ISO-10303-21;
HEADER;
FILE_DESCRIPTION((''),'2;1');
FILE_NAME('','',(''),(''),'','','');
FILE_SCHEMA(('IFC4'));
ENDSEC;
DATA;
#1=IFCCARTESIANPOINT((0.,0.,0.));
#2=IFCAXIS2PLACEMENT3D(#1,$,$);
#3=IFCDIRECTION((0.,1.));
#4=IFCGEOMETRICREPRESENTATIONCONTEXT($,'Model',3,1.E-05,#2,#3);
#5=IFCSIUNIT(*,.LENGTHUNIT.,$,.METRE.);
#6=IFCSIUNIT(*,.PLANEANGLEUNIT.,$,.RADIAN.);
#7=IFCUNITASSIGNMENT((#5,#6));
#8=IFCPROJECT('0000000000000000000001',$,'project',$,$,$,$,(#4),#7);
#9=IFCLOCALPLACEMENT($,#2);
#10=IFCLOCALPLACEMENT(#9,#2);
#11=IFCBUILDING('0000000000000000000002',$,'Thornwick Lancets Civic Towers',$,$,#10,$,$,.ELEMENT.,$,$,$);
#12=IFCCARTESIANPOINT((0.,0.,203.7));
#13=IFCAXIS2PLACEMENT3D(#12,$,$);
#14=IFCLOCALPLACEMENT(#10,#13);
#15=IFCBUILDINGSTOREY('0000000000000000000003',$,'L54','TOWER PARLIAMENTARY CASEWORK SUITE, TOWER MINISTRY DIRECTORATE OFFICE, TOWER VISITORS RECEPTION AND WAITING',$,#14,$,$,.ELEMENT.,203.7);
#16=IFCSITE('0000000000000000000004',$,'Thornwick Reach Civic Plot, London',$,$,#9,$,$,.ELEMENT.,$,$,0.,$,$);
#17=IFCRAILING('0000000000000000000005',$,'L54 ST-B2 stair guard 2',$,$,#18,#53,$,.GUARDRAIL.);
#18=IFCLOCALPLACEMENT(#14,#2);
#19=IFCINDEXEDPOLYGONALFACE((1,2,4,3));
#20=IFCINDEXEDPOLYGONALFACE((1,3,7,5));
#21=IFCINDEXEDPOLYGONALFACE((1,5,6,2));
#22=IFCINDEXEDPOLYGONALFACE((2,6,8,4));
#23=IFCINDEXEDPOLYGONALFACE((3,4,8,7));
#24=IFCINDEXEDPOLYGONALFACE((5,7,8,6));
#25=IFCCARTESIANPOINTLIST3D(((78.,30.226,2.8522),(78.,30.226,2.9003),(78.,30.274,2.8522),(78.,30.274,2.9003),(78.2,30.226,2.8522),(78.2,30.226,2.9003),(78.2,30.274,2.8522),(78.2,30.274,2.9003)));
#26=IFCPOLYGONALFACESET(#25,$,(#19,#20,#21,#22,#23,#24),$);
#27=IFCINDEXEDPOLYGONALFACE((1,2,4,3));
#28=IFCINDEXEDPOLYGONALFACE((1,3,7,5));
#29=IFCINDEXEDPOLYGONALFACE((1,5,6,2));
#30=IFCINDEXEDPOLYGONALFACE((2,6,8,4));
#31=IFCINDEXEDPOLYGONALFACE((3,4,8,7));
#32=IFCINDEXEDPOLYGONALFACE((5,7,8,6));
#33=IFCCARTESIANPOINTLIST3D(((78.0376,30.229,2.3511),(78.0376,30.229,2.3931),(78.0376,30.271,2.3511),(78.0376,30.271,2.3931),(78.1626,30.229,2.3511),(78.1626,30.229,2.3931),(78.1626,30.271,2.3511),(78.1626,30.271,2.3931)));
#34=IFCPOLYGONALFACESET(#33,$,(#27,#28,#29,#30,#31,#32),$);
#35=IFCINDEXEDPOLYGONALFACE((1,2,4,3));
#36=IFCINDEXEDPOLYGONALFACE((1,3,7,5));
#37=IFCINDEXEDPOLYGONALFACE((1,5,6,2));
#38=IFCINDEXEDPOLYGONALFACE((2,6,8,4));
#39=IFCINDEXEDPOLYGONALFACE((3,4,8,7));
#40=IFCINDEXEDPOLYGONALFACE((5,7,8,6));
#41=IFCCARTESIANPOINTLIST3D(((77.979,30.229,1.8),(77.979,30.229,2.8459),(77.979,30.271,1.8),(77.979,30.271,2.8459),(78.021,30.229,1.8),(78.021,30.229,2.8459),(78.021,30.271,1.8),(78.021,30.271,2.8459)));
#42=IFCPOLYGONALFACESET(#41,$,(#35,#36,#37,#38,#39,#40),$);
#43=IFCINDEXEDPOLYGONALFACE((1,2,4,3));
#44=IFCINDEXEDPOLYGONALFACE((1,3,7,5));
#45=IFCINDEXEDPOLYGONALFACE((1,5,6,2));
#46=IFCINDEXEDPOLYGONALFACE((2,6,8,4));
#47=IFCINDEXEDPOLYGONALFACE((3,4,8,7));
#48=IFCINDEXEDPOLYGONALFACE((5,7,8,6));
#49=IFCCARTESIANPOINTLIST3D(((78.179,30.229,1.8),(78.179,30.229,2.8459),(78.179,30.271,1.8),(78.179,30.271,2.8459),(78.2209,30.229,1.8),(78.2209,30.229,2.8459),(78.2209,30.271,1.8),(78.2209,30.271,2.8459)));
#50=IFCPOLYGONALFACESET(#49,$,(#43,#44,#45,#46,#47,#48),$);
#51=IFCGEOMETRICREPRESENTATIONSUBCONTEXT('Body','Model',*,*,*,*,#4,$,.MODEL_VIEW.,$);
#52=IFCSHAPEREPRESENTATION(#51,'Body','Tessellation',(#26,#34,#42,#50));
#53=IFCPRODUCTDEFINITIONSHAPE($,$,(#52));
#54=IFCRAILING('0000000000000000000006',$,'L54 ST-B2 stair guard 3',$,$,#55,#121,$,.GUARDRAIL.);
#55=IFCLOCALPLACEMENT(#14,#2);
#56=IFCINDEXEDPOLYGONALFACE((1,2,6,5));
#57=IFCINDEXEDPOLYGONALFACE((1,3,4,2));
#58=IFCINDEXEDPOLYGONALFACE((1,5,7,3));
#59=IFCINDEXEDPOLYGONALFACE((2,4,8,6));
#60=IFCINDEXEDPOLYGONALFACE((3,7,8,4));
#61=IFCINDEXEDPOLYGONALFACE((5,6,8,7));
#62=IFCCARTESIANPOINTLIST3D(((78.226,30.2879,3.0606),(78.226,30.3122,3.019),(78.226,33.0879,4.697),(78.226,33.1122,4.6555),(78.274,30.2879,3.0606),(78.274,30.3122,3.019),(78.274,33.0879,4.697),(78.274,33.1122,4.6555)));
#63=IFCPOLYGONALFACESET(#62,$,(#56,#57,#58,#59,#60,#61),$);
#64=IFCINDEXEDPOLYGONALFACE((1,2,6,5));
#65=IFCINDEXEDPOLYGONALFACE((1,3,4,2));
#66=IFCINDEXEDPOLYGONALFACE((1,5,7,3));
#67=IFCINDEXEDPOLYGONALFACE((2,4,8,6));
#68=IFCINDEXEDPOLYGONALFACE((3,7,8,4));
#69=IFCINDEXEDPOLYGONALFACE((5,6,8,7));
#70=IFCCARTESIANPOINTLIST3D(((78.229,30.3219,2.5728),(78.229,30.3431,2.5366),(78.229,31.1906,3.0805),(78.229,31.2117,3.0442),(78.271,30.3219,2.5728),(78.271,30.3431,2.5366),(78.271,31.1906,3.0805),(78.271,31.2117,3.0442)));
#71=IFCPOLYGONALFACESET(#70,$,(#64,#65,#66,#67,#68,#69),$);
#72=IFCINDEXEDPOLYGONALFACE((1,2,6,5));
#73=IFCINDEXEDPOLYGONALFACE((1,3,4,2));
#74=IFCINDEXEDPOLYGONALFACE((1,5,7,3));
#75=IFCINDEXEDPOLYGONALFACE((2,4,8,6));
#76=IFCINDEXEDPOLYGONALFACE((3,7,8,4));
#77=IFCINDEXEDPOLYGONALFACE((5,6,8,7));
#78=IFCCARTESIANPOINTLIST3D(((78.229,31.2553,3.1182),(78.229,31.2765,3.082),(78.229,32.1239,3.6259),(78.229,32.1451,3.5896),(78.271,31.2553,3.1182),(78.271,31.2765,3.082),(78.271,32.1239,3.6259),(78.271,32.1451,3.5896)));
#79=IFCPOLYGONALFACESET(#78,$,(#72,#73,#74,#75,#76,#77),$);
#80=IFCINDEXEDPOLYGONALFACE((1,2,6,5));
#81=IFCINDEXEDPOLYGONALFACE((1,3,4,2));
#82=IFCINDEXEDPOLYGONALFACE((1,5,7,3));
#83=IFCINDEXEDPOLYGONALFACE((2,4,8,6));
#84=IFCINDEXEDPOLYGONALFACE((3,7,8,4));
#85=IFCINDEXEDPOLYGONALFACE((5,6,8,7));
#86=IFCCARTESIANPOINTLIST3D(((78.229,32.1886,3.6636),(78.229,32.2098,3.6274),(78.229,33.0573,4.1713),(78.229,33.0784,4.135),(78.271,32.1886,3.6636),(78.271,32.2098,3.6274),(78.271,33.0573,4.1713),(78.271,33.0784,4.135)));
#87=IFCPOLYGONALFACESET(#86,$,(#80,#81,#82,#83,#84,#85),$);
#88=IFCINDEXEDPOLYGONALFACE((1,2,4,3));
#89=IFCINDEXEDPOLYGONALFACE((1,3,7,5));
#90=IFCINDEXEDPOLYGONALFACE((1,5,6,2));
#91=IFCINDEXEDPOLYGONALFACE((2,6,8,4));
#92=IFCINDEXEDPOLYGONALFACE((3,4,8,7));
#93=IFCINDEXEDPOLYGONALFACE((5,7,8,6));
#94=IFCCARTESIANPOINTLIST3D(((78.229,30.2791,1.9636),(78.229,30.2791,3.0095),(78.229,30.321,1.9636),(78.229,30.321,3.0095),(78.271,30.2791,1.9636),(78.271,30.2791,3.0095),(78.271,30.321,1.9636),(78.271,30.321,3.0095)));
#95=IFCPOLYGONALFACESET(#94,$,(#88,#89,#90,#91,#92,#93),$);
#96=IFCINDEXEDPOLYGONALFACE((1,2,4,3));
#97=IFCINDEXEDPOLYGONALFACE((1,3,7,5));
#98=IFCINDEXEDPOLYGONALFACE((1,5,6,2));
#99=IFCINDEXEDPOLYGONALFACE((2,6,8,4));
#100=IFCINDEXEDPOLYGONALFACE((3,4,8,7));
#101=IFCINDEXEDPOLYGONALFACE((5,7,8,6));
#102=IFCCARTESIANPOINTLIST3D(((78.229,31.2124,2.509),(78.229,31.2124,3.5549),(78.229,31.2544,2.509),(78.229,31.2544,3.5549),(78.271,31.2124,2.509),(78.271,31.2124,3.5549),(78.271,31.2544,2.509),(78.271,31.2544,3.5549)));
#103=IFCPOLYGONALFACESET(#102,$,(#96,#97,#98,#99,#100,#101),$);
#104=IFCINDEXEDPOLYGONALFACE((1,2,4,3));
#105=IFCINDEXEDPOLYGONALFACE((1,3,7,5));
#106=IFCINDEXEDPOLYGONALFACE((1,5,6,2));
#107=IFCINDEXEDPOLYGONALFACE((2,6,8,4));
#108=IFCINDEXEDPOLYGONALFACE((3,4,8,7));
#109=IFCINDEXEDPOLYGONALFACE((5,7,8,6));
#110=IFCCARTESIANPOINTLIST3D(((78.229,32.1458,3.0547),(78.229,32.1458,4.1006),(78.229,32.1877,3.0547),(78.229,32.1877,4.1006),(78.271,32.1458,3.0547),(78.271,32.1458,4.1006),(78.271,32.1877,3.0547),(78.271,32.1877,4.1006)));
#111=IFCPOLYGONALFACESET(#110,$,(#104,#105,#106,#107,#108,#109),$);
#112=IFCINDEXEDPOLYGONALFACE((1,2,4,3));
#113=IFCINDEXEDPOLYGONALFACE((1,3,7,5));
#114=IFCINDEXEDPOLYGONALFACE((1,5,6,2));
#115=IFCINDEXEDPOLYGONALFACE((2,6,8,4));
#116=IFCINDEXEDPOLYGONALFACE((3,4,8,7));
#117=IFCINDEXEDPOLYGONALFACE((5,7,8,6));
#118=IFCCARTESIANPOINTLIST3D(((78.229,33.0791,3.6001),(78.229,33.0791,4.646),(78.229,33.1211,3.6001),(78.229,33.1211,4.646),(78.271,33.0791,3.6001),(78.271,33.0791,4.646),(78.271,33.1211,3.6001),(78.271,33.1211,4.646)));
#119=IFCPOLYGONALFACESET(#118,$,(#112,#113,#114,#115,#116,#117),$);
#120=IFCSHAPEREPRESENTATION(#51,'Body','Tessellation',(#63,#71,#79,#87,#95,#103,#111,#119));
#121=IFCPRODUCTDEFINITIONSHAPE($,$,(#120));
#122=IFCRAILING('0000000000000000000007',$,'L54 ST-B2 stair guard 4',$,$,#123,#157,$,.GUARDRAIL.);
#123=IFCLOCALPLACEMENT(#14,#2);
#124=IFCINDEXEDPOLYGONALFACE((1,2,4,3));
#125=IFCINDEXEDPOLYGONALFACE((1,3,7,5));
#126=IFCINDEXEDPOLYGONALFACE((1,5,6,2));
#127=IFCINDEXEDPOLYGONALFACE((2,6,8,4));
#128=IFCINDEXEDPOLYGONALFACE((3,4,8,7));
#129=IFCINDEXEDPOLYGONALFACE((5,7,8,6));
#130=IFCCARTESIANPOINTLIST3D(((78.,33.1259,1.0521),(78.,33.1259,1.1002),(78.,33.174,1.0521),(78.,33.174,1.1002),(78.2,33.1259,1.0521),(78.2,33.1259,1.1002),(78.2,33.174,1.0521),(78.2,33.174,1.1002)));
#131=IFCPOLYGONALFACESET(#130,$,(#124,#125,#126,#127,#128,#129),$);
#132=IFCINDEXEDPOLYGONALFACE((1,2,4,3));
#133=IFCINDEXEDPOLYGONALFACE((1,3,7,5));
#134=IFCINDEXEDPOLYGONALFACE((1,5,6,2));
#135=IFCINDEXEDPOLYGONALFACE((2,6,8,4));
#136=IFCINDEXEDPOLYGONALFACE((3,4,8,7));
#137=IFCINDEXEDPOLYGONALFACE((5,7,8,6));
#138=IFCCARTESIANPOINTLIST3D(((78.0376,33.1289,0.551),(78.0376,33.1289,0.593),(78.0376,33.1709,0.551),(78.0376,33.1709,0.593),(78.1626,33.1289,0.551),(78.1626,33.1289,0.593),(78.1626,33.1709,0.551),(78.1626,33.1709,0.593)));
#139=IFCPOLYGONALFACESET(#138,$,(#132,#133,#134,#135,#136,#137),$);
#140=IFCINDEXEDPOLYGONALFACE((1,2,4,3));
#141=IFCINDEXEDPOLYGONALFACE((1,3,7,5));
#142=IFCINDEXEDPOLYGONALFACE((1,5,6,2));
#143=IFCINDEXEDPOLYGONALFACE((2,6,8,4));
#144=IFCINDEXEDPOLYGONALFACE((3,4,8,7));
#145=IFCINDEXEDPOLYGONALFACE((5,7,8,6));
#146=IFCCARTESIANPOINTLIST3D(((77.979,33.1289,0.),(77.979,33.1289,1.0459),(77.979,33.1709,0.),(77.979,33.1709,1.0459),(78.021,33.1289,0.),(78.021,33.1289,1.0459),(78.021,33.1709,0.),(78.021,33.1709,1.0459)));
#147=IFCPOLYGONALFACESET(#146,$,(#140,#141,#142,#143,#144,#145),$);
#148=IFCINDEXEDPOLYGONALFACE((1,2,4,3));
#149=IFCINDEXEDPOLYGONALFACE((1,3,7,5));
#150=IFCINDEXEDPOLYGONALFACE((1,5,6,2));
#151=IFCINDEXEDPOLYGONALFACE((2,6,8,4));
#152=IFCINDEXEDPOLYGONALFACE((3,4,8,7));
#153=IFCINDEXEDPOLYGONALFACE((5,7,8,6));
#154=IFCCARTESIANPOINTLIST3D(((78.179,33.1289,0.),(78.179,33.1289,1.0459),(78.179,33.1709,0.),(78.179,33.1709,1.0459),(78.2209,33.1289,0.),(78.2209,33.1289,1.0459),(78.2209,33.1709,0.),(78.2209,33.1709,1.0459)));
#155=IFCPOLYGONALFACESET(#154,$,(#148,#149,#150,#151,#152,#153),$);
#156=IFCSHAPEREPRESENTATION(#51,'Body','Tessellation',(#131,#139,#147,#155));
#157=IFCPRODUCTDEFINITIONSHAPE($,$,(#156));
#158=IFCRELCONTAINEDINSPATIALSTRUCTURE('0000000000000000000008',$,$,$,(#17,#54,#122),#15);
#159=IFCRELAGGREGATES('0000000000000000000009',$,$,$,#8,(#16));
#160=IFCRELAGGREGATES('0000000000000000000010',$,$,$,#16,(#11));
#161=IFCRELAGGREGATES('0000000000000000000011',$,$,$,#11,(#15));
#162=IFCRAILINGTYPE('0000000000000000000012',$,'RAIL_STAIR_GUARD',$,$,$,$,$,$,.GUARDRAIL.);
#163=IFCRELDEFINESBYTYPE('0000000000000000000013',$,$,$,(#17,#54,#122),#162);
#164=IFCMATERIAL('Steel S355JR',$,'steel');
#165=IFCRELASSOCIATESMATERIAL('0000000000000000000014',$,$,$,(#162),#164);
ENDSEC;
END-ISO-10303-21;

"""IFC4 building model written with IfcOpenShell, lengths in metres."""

from ifc_helpers import new_model, si_unit, direction, frame, origin, origin_2d, place, context, subcontext, project, spatial, rectangle, extrude, material, type_object, element, save


model = new_model("IFC4")

# Units and contexts
model_context = context("Model", 3, precision=1e-05, world=origin(), true_north=direction((0.0, 1.0)))
body_context = subcontext(model_context, "Body", "Model", "MODEL_VIEW")
ifc_project = project(units=[si_unit("LENGTHUNIT", "METRE"), si_unit("PLANEANGLEUNIT", "RADIAN")], contexts=[model_context])

# Site, building, storey
site_placement = place(None, origin())
site = spatial("IfcSite", under=ifc_project, at=site_placement, Name="Thornwick Reach Civic Plot, London", CompositionType="ELEMENT", RefElevation=0.0)
building_placement = place(site_placement, origin())
building = spatial("IfcBuilding", under=site, at=building_placement, Name="Thornwick Lancets Civic Towers", CompositionType="ELEMENT")
storey_placement = place(building_placement, frame((0.0, 0.0, 203.7)))
storey = spatial("IfcBuildingStorey", under=building, at=storey_placement, Name="L54", Description="TOWER PARLIAMENTARY CASEWORK SUITE, TOWER MINISTRY DIRECTORATE OFFICE, TOWER VISITORS RECEPTION AND WAITING", CompositionType="ELEMENT", Elevation=203.7)

# Shared definitions
ifc_material_1 = material(Name="Steel S355JR", Category="steel")

# Railings
railing_type_1 = type_object("IfcRailingType", Name="RAIL_STAIR_GUARD", PredefinedType="GUARDRAIL", material=ifc_material_1)
railing_1_placement = place(storey_placement, frame((78.0, 30.25, 1.8)))
element("IfcRailing", 1, at=railing_1_placement, inside=storey, type_object=railing_type_1, Name="L54 ST-B2 stair guard 2", PredefinedType="GUARDRAIL", context=body_context, shape_type="SweptSolid", body=[
    extrude(rectangle(XDim=0.0481, YDim=0.0481, at=origin_2d()), frame((0.0, 0.0, 1.0762), z_axis=(1.0, 0.0, 0.0), x_axis=(0.0, 1.0, 0.0)), (0.0, 0.0, 1.0), 0.2),
    extrude(rectangle(XDim=0.042, YDim=0.042, at=origin_2d()), frame((0.0376, 0.0, 0.572), z_axis=(1.0, 0.0, 0.0), x_axis=(0.0, 1.0, 0.0)), (0.0, 0.0, 1.0), 0.125),
    extrude(rectangle(XDim=0.042, YDim=0.042, at=origin_2d()), origin(), (0.0, 0.0, 1.0), 1.0459),
    extrude(rectangle(XDim=0.042, YDim=0.042, at=origin_2d()), frame((0.2, 0.0, 0.0)), (0.0, 0.0, 1.0), 1.0459),
])
railing_2_placement = place(storey_placement, frame((78.25, 30.3, 1.9636)))
element("IfcRailing", 2, at=railing_2_placement, inside=storey, type_object=railing_type_1, Name="L54 ST-B2 stair guard 3", PredefinedType="GUARDRAIL", context=body_context, shape_type="SweptSolid", body=[
    extrude(rectangle(XDim=0.0481, YDim=0.0481, at=origin_2d()), frame((0.0, 0.0, 1.0762), z_axis=(0.0, 0.863361, 0.504587), x_axis=(-1.0, 0.0, 0.0)), (0.0, 0.0, 1.0), 3.2432),
    extrude(rectangle(XDim=0.042, YDim=0.042, at=origin_2d()), frame((0.0, 0.0325, 0.5911), z_axis=(0.0, 0.863361, 0.504587), x_axis=(-1.0, 0.0, 0.0)), (0.0, 0.0, 1.0), 1.0061),
    extrude(rectangle(XDim=0.042, YDim=0.042, at=origin_2d()), frame((0.0, 0.9658, 1.1365), z_axis=(0.0, 0.863361, 0.504587), x_axis=(-1.0, 0.0, 0.0)), (0.0, 0.0, 1.0), 1.0061),
    extrude(rectangle(XDim=0.042, YDim=0.042, at=origin_2d()), frame((0.0, 1.8992, 1.6819), z_axis=(0.0, 0.863361, 0.504587), x_axis=(-1.0, 0.0, 0.0)), (0.0, 0.0, 1.0), 1.0061),
    extrude(rectangle(XDim=0.042, YDim=0.042, at=origin_2d()), origin(), (0.0, 0.0, 1.0), 1.0459),
    extrude(rectangle(XDim=0.042, YDim=0.042, at=origin_2d()), frame((0.0, 0.9333, 0.5454)), (0.0, 0.0, 1.0), 1.0459),
    extrude(rectangle(XDim=0.042, YDim=0.042, at=origin_2d()), frame((0.0, 1.8667, 1.0911)), (0.0, 0.0, 1.0), 1.0459),
    extrude(rectangle(XDim=0.042, YDim=0.042, at=origin_2d()), frame((0.0, 2.8, 1.6365)), (0.0, 0.0, 1.0), 1.0459),
])
railing_3_placement = place(storey_placement, frame((78.0, 33.1499, 0.0)))
element("IfcRailing", 3, at=railing_3_placement, inside=storey, type_object=railing_type_1, Name="L54 ST-B2 stair guard 4", PredefinedType="GUARDRAIL", context=body_context, shape_type="SweptSolid", body=[
    extrude(rectangle(XDim=0.0481, YDim=0.0481, at=origin_2d()), frame((0.0, 0.0, 1.0762), z_axis=(1.0, 0.0, 0.0), x_axis=(0.0, 1.0, 0.0)), (0.0, 0.0, 1.0), 0.2),
    extrude(rectangle(XDim=0.042, YDim=0.042, at=origin_2d()), frame((0.0376, 0.0, 0.572), z_axis=(1.0, 0.0, 0.0), x_axis=(0.0, 1.0, 0.0)), (0.0, 0.0, 1.0), 0.125),
    extrude(rectangle(XDim=0.042, YDim=0.042, at=origin_2d()), origin(), (0.0, 0.0, 1.0), 1.0459),
    extrude(rectangle(XDim=0.042, YDim=0.042, at=origin_2d()), frame((0.2, 0.0, 0.0)), (0.0, 0.0, 1.0), 1.0459),
])

save(model, "model.ifc")
